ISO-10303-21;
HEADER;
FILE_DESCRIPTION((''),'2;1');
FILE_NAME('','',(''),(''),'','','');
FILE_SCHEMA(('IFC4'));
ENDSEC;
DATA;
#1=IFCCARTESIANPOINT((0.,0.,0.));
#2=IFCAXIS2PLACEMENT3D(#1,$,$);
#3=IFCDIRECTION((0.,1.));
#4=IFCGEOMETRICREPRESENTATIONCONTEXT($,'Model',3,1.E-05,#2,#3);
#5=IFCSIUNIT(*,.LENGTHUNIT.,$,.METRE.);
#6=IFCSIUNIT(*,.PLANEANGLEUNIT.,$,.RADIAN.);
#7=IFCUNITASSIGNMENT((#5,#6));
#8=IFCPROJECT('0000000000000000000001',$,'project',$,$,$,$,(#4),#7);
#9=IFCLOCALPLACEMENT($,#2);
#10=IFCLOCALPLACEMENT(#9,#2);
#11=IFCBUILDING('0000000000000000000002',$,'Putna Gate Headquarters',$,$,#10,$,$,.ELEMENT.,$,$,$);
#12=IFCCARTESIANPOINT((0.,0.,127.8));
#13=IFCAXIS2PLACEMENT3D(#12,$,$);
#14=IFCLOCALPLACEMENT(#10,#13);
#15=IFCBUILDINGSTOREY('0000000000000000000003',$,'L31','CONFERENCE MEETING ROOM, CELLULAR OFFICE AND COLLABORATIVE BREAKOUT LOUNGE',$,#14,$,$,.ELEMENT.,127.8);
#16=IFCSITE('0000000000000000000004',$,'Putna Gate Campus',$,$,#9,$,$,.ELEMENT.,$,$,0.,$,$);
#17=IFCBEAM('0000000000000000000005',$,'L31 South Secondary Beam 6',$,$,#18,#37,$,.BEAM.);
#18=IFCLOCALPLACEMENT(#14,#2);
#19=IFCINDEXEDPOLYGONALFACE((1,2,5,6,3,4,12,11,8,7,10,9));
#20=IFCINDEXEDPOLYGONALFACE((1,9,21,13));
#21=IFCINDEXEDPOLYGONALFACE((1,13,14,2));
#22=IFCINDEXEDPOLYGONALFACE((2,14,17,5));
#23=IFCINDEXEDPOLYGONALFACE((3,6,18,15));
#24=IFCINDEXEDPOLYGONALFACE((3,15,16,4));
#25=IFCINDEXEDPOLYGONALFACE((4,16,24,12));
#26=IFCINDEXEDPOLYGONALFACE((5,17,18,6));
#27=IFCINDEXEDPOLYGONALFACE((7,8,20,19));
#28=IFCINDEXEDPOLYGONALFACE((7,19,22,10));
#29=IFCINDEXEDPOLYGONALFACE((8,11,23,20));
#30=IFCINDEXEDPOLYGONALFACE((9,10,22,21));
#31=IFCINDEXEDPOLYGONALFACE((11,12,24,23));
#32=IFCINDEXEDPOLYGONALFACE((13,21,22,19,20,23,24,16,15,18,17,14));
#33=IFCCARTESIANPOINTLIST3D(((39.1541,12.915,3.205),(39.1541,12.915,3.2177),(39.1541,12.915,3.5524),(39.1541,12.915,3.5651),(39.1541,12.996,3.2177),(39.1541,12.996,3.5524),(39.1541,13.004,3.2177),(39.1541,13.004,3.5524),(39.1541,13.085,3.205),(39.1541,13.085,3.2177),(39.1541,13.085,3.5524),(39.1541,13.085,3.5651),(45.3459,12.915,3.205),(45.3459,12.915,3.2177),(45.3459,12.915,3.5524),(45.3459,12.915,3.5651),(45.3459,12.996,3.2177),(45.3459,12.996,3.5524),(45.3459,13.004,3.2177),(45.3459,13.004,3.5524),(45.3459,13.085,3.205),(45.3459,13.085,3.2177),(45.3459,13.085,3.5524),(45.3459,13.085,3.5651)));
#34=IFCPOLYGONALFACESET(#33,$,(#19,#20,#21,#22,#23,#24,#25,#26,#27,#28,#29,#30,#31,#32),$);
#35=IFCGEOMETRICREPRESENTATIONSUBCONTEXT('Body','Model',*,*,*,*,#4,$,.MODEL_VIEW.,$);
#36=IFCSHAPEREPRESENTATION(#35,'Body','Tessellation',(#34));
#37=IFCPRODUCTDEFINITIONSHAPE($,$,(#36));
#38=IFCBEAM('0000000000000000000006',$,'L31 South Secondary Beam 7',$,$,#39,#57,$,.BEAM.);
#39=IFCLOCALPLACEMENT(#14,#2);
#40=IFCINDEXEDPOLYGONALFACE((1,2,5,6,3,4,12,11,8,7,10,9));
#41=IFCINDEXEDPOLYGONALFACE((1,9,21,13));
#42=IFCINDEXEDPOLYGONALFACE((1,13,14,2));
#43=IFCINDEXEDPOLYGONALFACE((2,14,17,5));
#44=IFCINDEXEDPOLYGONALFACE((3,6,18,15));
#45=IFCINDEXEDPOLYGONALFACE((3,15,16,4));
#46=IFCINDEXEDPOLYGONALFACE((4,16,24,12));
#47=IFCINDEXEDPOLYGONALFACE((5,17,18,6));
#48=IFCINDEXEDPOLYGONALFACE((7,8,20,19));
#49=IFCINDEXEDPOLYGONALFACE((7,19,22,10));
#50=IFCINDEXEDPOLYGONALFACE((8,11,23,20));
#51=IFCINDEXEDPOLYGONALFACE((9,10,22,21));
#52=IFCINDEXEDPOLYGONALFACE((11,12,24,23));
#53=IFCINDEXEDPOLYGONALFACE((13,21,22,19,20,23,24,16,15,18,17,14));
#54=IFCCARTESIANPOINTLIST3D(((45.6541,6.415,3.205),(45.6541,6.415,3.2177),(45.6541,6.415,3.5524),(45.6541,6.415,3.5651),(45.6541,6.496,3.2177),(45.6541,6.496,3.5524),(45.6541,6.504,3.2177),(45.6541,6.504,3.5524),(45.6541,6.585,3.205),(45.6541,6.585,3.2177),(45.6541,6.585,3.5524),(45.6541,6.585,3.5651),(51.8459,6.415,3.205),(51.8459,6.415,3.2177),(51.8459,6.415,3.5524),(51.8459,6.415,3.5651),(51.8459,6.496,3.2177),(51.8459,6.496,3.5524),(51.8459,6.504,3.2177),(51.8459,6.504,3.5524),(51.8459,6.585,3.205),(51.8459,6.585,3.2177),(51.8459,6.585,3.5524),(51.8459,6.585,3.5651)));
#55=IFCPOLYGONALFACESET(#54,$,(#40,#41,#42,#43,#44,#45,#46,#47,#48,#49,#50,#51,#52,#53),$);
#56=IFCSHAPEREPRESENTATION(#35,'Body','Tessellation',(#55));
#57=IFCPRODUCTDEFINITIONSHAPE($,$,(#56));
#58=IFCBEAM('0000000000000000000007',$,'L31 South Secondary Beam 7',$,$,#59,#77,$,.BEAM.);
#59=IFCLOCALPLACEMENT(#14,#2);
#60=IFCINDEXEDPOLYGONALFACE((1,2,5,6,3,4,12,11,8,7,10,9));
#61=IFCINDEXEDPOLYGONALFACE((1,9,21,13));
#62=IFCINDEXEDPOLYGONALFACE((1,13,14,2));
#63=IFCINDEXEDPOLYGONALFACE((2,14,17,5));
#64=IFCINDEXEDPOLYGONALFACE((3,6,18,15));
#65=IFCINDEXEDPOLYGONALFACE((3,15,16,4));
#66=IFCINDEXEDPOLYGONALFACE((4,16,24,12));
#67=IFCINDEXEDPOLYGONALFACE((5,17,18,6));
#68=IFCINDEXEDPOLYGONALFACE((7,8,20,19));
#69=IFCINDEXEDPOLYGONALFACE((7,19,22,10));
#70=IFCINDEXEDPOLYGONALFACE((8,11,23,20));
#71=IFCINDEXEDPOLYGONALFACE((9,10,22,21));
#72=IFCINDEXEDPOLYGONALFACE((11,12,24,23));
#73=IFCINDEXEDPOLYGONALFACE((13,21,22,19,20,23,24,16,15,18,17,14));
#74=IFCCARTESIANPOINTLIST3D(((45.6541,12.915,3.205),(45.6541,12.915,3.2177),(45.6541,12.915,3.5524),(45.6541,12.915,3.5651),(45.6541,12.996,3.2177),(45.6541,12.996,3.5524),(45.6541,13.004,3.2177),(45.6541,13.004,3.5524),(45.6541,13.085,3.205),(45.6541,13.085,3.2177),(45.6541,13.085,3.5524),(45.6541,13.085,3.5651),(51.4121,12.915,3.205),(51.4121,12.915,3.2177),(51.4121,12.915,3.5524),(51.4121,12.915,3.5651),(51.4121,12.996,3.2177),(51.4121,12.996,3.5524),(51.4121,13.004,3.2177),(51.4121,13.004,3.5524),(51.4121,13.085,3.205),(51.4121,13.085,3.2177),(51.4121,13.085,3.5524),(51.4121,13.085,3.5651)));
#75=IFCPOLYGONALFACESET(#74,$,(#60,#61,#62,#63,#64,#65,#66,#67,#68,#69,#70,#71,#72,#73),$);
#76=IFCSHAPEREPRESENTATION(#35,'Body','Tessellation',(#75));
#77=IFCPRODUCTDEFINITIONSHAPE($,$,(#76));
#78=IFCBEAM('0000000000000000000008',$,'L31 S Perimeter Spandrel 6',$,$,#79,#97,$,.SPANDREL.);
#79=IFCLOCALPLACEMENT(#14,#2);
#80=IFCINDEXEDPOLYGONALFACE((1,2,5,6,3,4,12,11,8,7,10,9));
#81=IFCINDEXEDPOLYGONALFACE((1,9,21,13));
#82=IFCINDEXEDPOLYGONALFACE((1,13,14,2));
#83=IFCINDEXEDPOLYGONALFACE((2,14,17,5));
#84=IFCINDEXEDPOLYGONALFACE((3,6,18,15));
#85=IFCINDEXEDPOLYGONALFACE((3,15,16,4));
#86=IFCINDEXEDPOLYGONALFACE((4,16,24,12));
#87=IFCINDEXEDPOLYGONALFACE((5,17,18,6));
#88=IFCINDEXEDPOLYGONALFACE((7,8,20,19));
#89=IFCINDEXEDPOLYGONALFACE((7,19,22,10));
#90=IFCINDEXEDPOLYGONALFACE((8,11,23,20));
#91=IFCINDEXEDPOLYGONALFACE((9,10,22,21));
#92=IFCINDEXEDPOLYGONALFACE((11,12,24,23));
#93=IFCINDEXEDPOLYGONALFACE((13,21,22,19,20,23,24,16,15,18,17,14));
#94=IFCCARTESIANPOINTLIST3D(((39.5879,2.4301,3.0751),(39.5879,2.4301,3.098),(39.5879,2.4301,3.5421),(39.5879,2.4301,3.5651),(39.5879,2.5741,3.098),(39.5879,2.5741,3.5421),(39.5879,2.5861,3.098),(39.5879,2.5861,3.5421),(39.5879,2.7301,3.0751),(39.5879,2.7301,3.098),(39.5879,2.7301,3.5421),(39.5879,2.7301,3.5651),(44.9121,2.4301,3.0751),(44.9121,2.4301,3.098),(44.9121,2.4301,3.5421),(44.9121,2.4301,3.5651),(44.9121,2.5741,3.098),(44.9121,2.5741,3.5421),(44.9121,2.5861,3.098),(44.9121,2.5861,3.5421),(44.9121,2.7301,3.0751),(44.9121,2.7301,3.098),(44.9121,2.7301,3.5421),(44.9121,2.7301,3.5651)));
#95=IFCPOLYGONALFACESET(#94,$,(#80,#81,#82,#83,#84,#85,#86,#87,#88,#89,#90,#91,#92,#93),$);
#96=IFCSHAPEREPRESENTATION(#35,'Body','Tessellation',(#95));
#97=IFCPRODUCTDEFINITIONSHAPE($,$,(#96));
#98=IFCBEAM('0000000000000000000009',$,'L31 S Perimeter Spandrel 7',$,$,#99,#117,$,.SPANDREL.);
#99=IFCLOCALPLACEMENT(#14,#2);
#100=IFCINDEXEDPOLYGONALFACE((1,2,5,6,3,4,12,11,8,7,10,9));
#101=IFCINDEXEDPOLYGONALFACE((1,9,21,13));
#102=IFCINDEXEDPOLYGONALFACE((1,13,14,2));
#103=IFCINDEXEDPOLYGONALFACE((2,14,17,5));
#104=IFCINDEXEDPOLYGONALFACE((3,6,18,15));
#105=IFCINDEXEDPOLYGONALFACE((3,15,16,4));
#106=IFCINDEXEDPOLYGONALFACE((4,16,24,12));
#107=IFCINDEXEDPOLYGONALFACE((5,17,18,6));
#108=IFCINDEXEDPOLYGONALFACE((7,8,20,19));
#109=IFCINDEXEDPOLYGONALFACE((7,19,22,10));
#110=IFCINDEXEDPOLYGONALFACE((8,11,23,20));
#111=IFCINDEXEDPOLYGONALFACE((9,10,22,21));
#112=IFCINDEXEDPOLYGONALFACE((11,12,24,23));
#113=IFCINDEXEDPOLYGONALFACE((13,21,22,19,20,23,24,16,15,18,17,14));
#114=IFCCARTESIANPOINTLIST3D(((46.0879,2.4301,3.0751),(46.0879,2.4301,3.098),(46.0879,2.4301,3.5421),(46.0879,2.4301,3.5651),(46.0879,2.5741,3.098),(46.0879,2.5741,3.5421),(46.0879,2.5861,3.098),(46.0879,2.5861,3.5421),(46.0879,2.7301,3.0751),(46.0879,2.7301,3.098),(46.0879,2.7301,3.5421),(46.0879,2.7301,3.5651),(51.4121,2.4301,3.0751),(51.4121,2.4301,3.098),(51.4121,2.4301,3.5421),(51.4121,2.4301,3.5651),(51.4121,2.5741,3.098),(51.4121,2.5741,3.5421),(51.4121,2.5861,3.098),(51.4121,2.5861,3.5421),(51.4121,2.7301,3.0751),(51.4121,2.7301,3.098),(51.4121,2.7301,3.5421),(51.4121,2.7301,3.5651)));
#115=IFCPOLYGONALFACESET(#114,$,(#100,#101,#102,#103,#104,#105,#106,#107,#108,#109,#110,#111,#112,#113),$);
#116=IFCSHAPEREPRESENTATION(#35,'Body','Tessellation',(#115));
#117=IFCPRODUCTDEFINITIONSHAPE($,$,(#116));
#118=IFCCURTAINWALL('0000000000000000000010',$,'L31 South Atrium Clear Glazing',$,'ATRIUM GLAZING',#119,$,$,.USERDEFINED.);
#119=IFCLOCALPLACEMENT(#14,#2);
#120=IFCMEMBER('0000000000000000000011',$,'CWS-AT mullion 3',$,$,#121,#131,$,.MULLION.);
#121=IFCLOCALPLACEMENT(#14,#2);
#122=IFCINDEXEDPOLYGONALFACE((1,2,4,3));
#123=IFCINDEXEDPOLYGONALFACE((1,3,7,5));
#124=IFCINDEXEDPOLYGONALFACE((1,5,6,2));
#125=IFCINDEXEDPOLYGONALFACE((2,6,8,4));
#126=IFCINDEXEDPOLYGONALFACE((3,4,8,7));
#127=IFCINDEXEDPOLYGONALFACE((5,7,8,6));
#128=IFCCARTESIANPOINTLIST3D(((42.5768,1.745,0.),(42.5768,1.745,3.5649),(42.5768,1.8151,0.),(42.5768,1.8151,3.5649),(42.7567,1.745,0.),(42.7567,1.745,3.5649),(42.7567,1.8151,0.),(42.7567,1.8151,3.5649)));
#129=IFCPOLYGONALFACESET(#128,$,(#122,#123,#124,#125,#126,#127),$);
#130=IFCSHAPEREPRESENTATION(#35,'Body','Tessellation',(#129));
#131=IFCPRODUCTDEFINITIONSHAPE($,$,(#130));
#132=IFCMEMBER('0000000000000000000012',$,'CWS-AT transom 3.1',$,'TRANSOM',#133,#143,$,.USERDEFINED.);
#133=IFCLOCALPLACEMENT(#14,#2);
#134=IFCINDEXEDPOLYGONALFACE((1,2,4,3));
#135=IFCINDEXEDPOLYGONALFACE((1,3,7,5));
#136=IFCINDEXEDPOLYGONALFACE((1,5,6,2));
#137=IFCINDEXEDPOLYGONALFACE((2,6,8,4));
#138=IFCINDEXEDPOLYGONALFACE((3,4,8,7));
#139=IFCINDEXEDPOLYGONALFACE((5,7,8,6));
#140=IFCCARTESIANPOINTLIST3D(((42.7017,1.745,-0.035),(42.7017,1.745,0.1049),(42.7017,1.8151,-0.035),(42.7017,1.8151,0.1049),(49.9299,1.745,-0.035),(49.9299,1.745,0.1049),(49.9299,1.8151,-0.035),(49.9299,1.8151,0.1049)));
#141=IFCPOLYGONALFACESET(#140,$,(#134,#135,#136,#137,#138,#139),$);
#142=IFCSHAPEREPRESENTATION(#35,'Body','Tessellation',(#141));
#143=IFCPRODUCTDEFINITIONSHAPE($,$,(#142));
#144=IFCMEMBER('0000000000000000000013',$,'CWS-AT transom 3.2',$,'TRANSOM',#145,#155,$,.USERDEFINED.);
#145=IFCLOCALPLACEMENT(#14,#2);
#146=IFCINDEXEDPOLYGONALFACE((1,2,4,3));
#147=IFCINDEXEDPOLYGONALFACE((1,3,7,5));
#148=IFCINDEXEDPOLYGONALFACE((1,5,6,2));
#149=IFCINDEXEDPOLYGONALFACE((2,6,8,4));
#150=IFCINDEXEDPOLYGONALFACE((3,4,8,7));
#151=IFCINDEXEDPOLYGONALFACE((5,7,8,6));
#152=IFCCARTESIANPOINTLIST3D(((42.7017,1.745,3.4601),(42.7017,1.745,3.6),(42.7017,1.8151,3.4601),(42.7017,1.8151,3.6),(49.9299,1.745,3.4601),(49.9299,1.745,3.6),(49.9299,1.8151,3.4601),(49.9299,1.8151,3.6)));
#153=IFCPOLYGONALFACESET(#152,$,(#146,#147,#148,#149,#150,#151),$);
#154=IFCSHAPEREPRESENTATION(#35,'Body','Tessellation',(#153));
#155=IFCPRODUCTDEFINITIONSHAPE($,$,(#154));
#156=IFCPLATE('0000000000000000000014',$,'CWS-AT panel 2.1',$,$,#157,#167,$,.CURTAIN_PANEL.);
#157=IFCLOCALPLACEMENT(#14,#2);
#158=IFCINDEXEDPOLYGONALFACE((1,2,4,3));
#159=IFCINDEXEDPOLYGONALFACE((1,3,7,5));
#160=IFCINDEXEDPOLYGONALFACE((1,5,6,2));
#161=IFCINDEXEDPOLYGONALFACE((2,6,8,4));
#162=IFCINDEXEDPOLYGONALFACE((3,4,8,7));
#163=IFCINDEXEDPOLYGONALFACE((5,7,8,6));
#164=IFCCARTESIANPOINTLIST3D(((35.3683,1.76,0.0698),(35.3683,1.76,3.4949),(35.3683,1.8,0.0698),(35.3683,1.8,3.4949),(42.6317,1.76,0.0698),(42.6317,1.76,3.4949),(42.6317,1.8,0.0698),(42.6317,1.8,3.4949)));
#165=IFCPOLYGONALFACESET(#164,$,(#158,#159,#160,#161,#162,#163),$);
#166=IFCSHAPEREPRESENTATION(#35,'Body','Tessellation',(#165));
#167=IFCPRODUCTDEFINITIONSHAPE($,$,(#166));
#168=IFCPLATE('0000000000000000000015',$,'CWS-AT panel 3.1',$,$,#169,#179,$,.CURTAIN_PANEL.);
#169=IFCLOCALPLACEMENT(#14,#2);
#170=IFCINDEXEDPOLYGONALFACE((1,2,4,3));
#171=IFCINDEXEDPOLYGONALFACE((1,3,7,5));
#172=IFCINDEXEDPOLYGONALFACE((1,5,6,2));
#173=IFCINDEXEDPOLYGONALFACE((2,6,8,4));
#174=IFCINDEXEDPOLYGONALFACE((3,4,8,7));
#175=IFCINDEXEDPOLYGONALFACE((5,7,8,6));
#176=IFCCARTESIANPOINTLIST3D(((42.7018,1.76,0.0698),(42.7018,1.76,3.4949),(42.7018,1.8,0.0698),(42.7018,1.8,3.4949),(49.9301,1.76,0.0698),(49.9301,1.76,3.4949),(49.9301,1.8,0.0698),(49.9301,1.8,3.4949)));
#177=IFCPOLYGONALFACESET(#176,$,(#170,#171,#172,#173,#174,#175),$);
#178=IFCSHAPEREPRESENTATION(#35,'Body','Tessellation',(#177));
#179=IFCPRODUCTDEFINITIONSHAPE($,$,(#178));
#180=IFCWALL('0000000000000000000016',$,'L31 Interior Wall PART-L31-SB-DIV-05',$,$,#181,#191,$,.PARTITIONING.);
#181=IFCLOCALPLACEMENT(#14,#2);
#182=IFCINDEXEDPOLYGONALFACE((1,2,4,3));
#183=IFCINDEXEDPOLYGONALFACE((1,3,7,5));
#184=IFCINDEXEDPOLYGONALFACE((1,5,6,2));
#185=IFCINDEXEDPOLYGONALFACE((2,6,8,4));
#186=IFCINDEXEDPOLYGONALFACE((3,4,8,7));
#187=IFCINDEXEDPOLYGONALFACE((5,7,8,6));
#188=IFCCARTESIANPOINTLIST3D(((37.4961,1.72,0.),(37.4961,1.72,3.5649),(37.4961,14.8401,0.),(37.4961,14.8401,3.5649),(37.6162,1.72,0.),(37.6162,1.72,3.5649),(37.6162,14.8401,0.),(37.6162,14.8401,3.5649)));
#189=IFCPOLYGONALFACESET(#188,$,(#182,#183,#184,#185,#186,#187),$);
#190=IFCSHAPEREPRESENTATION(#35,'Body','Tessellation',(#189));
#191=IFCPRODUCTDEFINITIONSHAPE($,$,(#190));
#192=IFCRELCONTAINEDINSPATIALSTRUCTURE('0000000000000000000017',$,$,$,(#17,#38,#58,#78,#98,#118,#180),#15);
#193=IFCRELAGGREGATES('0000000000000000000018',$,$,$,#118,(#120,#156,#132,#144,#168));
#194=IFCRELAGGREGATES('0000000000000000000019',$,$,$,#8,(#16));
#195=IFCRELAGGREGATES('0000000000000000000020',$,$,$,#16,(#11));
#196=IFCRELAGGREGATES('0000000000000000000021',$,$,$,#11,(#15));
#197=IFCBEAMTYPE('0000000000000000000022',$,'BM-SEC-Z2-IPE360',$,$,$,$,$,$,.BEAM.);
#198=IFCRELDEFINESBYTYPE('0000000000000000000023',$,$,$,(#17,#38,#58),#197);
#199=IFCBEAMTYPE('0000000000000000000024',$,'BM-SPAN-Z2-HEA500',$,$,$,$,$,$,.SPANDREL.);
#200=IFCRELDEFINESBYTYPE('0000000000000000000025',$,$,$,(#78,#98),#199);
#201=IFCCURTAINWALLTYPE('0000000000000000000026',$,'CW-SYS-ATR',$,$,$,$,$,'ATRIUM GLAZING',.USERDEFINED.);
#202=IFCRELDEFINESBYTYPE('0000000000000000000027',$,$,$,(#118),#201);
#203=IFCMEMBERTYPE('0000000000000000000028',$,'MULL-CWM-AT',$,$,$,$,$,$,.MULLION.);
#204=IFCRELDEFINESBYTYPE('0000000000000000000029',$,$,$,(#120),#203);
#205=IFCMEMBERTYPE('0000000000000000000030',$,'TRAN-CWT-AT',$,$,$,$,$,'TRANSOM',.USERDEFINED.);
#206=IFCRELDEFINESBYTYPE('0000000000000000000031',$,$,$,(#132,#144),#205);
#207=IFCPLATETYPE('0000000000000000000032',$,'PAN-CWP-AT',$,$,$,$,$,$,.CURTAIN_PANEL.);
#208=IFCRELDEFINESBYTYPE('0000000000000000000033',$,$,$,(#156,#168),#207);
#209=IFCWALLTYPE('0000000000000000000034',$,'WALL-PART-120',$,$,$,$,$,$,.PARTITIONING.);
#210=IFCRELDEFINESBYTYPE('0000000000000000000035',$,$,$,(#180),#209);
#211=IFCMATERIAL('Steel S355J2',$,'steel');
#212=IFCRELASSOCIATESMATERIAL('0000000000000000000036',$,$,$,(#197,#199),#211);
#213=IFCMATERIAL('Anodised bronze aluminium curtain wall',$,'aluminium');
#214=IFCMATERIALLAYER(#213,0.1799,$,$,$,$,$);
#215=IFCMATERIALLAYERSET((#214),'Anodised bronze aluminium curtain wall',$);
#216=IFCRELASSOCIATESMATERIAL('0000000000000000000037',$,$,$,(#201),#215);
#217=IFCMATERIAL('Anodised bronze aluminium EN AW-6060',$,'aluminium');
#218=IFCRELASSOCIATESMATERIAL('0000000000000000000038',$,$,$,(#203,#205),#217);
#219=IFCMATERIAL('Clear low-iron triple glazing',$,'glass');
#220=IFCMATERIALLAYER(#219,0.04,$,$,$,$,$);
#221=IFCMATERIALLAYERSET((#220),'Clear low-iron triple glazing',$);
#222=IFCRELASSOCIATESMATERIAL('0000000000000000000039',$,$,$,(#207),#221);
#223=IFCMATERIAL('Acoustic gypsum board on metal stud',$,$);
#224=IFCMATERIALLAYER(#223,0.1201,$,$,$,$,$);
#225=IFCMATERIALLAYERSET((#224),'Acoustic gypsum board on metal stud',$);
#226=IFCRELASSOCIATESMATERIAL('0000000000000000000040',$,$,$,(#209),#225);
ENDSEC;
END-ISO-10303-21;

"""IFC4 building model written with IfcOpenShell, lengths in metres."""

from ifc_helpers import new_model, si_unit, direction, frame, frame_2d, origin, origin_2d, place, context, subcontext, project, spatial, rectangle, i_section, extrude, material, layer, layer_set, material_profile, profile_set, type_object, element, aggregate, save


model = new_model("IFC4")

# Units and contexts
model_context = context("Model", 3, precision=1e-05, world=origin(), true_north=direction((0.0, 1.0)))
body_context = subcontext(model_context, "Body", "Model", "MODEL_VIEW")
ifc_project = project(units=[si_unit("LENGTHUNIT", "METRE"), si_unit("PLANEANGLEUNIT", "RADIAN")], contexts=[model_context])

# Site, building, storey
site_placement = place(None, origin())
site = spatial("IfcSite", under=ifc_project, at=site_placement, Name="Putna Gate Campus", CompositionType="ELEMENT", RefElevation=0.0)
building_placement = place(site_placement, origin())
building = spatial("IfcBuilding", under=site, at=building_placement, Name="Putna Gate Headquarters", CompositionType="ELEMENT")
storey_placement = place(building_placement, frame((0.0, 0.0, 127.8)))
storey = spatial("IfcBuildingStorey", under=building, at=storey_placement, Name="L31", Description="CONFERENCE MEETING ROOM, CELLULAR OFFICE AND COLLABORATIVE BREAKOUT LOUNGE", CompositionType="ELEMENT", Elevation=127.8)

# Beams
ifc_material_1 = material(Name="Steel S355J2", Category="steel")
ifc_material_profile_1 = material_profile(ifc_material_1, i_section(OverallWidth=0.1699, OverallDepth=0.3601, WebThickness=0.0081, FlangeThickness=0.0127, at=origin_2d()), Name="Steel S355J2")
ifc_profile_set_1 = profile_set([ifc_material_profile_1], Name="Steel S355J2")
beam_type_1 = type_object("IfcBeamType", Name="BM-SEC-Z2-IPE360", PredefinedType="BEAM", material=ifc_profile_set_1)
for number, where, z_axis, x_axis, name in (
    (1, (39.1541, 13.0, 3.385), (1.0, 0.0, 0.0), (0.0, 1.0, 0.0), "L31 South Secondary Beam 6"),
    (2, (45.6541, 6.5, 3.385), (1.0, 0.0, 0.0), (0.0, 1.0, 0.0), "L31 South Secondary Beam 7"),
):
    element("IfcBeam", number, at=place(storey_placement, frame(where, z_axis=z_axis, x_axis=x_axis)), inside=storey, type_object=beam_type_1, Name=name, PredefinedType="BEAM", context=body_context, shape_type="SweptSolid", body=[
        extrude(i_section(OverallWidth=0.1699, OverallDepth=0.3601, WebThickness=0.0081, FlangeThickness=0.0127, at=origin_2d()), origin(), (0.0, 0.0, 1.0), 6.1919),
    ])
beam_1_placement = place(storey_placement, frame((45.6541, 13.0, 3.385), z_axis=(1.0, 0.0, 0.0), x_axis=(0.0, 1.0, 0.0)))
element("IfcBeam", 3, at=beam_1_placement, inside=storey, type_object=beam_type_1, Name="L31 South Secondary Beam 7", PredefinedType="BEAM", context=body_context, shape_type="SweptSolid", body=[
    extrude(i_section(OverallWidth=0.1699, OverallDepth=0.3601, WebThickness=0.0081, FlangeThickness=0.0127, at=origin_2d()), origin(), (0.0, 0.0, 1.0), 5.7581),
])
ifc_material_profile_2 = material_profile(ifc_material_1, i_section(OverallWidth=0.3, OverallDepth=0.49, WebThickness=0.012, FlangeThickness=0.0229, at=origin_2d()), Name="Steel S355J2")
ifc_profile_set_2 = profile_set([ifc_material_profile_2], Name="Steel S355J2")
beam_type_2 = type_object("IfcBeamType", Name="BM-SPAN-Z2-HEA500", PredefinedType="SPANDREL", material=ifc_profile_set_2)
for number, where, z_axis, x_axis, name in (
    (4, (39.5879, 2.5801, 3.3201), (1.0, 0.0, 0.0), (0.0, 1.0, 0.0), "L31 S Perimeter Spandrel 6"),
    (5, (46.0879, 2.5801, 3.3201), (1.0, 0.0, 0.0), (0.0, 1.0, 0.0), "L31 S Perimeter Spandrel 7"),
):
    element("IfcBeam", number, at=place(storey_placement, frame(where, z_axis=z_axis, x_axis=x_axis)), inside=storey, type_object=beam_type_2, Name=name, PredefinedType="SPANDREL", context=body_context, shape_type="SweptSolid", body=[
        extrude(i_section(OverallWidth=0.3, OverallDepth=0.49, WebThickness=0.012, FlangeThickness=0.0229, at=origin_2d()), origin(), (0.0, 0.0, 1.0), 5.3242),
    ])

# Curtain wall, members, plates
ifc_material_2 = material(Name="Anodised bronze aluminium curtain wall", Category="aluminium")
ifc_layer_1 = layer(ifc_material_2, 0.1799)
ifc_layer_set_1 = layer_set([ifc_layer_1], Name="Anodised bronze aluminium curtain wall")
curtain_wall_type = type_object("IfcCurtainWallType", Name="CW-SYS-ATR", ElementType="ATRIUM GLAZING", PredefinedType="USERDEFINED", material=ifc_layer_set_1)
curtain_wall_placement = place(storey_placement, origin())
curtain_wall = element("IfcCurtainWall", 6, at=curtain_wall_placement, inside=storey, type_object=curtain_wall_type, Name="L31 South Atrium Clear Glazing", ObjectType="ATRIUM GLAZING", PredefinedType="USERDEFINED")
ifc_material_3 = material(Name="Anodised bronze aluminium EN AW-6060", Category="aluminium")
ifc_material_profile_3 = material_profile(ifc_material_3, rectangle(XDim=0.0701, YDim=0.1799, at=origin_2d()), Name="Anodised bronze aluminium EN AW-6060")
ifc_profile_set_3 = profile_set([ifc_material_profile_3], Name="Anodised bronze aluminium EN AW-6060")
member_type_1 = type_object("IfcMemberType", Name="MULL-CWM-AT", PredefinedType="MULLION", material=ifc_profile_set_3)
member_1_placement = place(storey_placement, frame((42.6667, 1.78, 0.0), z_axis=(0.0, 0.0, 1.0), x_axis=(0.0, 1.0, 0.0)))
member_1 = element("IfcMember", 7, at=member_1_placement, type_object=member_type_1, Name="CWS-AT mullion 3", PredefinedType="MULLION", context=body_context, shape_type="SweptSolid", body=[
    extrude(rectangle(XDim=0.0701, YDim=0.1799, at=origin_2d()), origin(), (0.0, 0.0, 1.0), 3.5649),
])
ifc_material_profile_4 = material_profile(ifc_material_3, rectangle(XDim=0.0701, YDim=0.1399, at=origin_2d()), Name="Anodised bronze aluminium EN AW-6060")
ifc_profile_set_4 = profile_set([ifc_material_profile_4], Name="Anodised bronze aluminium EN AW-6060")
member_type_2 = type_object("IfcMemberType", Name="TRAN-CWT-AT", ElementType="TRANSOM", PredefinedType="USERDEFINED", material=ifc_profile_set_4)
member_2_placement = place(storey_placement, frame((42.7017, 1.78, 0.0349), z_axis=(1.0, 0.0, 0.0), x_axis=(0.0, 1.0, 0.0)))
member_2 = element("IfcMember", 8, at=member_2_placement, type_object=member_type_2, Name="CWS-AT transom 3.1", ObjectType="TRANSOM", PredefinedType="USERDEFINED", context=body_context, shape_type="SweptSolid", body=[
    extrude(rectangle(XDim=0.0701, YDim=0.1399, at=origin_2d()), origin(), (0.0, 0.0, 1.0), 7.2283),
])
member_3_placement = place(storey_placement, frame((42.7017, 1.78, 3.53), z_axis=(1.0, 0.0, 0.0), x_axis=(0.0, 1.0, 0.0)))
member_3 = element("IfcMember", 9, at=member_3_placement, type_object=member_type_2, Name="CWS-AT transom 3.2", ObjectType="TRANSOM", PredefinedType="USERDEFINED", context=body_context, shape_type="SweptSolid", body=[
    extrude(rectangle(XDim=0.0701, YDim=0.1399, at=origin_2d()), origin(), (0.0, 0.0, 1.0), 7.2283),
])
ifc_material_4 = material(Name="Clear low-iron triple glazing", Category="glass")
ifc_layer_2 = layer(ifc_material_4, 0.04)
ifc_layer_set_2 = layer_set([ifc_layer_2], Name="Clear low-iron triple glazing")
plate_type = type_object("IfcPlateType", Name="PAN-CWP-AT", PredefinedType="CURTAIN_PANEL", material=ifc_layer_set_2)
plate_1_placement = place(storey_placement, frame((39.0, 1.78, 0.0698), z_axis=(0.0, 0.0, 1.0), x_axis=(1.0, 0.0, 0.0)))
plate_1 = element("IfcPlate", 10, at=plate_1_placement, type_object=plate_type, Name="CWS-AT panel 2.1", PredefinedType="CURTAIN_PANEL", context=body_context, shape_type="SweptSolid", body=[
    extrude(rectangle(XDim=7.2634, YDim=0.04, at=origin_2d()), origin(), (0.0, 0.0, 1.0), 3.425),
])
plate_2_placement = place(storey_placement, frame((46.3159, 1.78, 0.0698), z_axis=(0.0, 0.0, 1.0), x_axis=(1.0, 0.0, 0.0)))
plate_2 = element("IfcPlate", 11, at=plate_2_placement, type_object=plate_type, Name="CWS-AT panel 3.1", PredefinedType="CURTAIN_PANEL", context=body_context, shape_type="SweptSolid", body=[
    extrude(rectangle(XDim=7.2283, YDim=0.04, at=origin_2d()), origin(), (0.0, 0.0, 1.0), 3.425),
])
aggregate(curtain_wall, [member_1, plate_1, member_2, member_3, plate_2])

# Wall
ifc_material_5 = material(Name="Acoustic gypsum board on metal stud")
ifc_layer_3 = layer(ifc_material_5, 0.1201)
ifc_layer_set_3 = layer_set([ifc_layer_3], Name="Acoustic gypsum board on metal stud")
wall_type_1 = type_object("IfcWallType", Name="WALL-PART-120", PredefinedType="PARTITIONING", material=ifc_layer_set_3)
for number, where, z_axis, x_axis, name in (
    (12, (37.5562, 1.72, 0.0), (0.0, 0.0, 1.0), (0.0, 1.0, 0.0), "L31 Interior Wall PART-L31-SB-DIV-05"),
):
    element("IfcWall", number, at=place(storey_placement, frame(where, z_axis=z_axis, x_axis=x_axis)), inside=storey, type_object=wall_type_1, Name=name, PredefinedType="PARTITIONING", context=body_context, shape_type="SweptSolid", body=[
        extrude(rectangle(XDim=13.1201, YDim=0.1201, at=frame_2d((6.5601, 0.0))), origin(), (0.0, 0.0, 1.0), 3.5649),
    ])

save(model, "model.ifc")
